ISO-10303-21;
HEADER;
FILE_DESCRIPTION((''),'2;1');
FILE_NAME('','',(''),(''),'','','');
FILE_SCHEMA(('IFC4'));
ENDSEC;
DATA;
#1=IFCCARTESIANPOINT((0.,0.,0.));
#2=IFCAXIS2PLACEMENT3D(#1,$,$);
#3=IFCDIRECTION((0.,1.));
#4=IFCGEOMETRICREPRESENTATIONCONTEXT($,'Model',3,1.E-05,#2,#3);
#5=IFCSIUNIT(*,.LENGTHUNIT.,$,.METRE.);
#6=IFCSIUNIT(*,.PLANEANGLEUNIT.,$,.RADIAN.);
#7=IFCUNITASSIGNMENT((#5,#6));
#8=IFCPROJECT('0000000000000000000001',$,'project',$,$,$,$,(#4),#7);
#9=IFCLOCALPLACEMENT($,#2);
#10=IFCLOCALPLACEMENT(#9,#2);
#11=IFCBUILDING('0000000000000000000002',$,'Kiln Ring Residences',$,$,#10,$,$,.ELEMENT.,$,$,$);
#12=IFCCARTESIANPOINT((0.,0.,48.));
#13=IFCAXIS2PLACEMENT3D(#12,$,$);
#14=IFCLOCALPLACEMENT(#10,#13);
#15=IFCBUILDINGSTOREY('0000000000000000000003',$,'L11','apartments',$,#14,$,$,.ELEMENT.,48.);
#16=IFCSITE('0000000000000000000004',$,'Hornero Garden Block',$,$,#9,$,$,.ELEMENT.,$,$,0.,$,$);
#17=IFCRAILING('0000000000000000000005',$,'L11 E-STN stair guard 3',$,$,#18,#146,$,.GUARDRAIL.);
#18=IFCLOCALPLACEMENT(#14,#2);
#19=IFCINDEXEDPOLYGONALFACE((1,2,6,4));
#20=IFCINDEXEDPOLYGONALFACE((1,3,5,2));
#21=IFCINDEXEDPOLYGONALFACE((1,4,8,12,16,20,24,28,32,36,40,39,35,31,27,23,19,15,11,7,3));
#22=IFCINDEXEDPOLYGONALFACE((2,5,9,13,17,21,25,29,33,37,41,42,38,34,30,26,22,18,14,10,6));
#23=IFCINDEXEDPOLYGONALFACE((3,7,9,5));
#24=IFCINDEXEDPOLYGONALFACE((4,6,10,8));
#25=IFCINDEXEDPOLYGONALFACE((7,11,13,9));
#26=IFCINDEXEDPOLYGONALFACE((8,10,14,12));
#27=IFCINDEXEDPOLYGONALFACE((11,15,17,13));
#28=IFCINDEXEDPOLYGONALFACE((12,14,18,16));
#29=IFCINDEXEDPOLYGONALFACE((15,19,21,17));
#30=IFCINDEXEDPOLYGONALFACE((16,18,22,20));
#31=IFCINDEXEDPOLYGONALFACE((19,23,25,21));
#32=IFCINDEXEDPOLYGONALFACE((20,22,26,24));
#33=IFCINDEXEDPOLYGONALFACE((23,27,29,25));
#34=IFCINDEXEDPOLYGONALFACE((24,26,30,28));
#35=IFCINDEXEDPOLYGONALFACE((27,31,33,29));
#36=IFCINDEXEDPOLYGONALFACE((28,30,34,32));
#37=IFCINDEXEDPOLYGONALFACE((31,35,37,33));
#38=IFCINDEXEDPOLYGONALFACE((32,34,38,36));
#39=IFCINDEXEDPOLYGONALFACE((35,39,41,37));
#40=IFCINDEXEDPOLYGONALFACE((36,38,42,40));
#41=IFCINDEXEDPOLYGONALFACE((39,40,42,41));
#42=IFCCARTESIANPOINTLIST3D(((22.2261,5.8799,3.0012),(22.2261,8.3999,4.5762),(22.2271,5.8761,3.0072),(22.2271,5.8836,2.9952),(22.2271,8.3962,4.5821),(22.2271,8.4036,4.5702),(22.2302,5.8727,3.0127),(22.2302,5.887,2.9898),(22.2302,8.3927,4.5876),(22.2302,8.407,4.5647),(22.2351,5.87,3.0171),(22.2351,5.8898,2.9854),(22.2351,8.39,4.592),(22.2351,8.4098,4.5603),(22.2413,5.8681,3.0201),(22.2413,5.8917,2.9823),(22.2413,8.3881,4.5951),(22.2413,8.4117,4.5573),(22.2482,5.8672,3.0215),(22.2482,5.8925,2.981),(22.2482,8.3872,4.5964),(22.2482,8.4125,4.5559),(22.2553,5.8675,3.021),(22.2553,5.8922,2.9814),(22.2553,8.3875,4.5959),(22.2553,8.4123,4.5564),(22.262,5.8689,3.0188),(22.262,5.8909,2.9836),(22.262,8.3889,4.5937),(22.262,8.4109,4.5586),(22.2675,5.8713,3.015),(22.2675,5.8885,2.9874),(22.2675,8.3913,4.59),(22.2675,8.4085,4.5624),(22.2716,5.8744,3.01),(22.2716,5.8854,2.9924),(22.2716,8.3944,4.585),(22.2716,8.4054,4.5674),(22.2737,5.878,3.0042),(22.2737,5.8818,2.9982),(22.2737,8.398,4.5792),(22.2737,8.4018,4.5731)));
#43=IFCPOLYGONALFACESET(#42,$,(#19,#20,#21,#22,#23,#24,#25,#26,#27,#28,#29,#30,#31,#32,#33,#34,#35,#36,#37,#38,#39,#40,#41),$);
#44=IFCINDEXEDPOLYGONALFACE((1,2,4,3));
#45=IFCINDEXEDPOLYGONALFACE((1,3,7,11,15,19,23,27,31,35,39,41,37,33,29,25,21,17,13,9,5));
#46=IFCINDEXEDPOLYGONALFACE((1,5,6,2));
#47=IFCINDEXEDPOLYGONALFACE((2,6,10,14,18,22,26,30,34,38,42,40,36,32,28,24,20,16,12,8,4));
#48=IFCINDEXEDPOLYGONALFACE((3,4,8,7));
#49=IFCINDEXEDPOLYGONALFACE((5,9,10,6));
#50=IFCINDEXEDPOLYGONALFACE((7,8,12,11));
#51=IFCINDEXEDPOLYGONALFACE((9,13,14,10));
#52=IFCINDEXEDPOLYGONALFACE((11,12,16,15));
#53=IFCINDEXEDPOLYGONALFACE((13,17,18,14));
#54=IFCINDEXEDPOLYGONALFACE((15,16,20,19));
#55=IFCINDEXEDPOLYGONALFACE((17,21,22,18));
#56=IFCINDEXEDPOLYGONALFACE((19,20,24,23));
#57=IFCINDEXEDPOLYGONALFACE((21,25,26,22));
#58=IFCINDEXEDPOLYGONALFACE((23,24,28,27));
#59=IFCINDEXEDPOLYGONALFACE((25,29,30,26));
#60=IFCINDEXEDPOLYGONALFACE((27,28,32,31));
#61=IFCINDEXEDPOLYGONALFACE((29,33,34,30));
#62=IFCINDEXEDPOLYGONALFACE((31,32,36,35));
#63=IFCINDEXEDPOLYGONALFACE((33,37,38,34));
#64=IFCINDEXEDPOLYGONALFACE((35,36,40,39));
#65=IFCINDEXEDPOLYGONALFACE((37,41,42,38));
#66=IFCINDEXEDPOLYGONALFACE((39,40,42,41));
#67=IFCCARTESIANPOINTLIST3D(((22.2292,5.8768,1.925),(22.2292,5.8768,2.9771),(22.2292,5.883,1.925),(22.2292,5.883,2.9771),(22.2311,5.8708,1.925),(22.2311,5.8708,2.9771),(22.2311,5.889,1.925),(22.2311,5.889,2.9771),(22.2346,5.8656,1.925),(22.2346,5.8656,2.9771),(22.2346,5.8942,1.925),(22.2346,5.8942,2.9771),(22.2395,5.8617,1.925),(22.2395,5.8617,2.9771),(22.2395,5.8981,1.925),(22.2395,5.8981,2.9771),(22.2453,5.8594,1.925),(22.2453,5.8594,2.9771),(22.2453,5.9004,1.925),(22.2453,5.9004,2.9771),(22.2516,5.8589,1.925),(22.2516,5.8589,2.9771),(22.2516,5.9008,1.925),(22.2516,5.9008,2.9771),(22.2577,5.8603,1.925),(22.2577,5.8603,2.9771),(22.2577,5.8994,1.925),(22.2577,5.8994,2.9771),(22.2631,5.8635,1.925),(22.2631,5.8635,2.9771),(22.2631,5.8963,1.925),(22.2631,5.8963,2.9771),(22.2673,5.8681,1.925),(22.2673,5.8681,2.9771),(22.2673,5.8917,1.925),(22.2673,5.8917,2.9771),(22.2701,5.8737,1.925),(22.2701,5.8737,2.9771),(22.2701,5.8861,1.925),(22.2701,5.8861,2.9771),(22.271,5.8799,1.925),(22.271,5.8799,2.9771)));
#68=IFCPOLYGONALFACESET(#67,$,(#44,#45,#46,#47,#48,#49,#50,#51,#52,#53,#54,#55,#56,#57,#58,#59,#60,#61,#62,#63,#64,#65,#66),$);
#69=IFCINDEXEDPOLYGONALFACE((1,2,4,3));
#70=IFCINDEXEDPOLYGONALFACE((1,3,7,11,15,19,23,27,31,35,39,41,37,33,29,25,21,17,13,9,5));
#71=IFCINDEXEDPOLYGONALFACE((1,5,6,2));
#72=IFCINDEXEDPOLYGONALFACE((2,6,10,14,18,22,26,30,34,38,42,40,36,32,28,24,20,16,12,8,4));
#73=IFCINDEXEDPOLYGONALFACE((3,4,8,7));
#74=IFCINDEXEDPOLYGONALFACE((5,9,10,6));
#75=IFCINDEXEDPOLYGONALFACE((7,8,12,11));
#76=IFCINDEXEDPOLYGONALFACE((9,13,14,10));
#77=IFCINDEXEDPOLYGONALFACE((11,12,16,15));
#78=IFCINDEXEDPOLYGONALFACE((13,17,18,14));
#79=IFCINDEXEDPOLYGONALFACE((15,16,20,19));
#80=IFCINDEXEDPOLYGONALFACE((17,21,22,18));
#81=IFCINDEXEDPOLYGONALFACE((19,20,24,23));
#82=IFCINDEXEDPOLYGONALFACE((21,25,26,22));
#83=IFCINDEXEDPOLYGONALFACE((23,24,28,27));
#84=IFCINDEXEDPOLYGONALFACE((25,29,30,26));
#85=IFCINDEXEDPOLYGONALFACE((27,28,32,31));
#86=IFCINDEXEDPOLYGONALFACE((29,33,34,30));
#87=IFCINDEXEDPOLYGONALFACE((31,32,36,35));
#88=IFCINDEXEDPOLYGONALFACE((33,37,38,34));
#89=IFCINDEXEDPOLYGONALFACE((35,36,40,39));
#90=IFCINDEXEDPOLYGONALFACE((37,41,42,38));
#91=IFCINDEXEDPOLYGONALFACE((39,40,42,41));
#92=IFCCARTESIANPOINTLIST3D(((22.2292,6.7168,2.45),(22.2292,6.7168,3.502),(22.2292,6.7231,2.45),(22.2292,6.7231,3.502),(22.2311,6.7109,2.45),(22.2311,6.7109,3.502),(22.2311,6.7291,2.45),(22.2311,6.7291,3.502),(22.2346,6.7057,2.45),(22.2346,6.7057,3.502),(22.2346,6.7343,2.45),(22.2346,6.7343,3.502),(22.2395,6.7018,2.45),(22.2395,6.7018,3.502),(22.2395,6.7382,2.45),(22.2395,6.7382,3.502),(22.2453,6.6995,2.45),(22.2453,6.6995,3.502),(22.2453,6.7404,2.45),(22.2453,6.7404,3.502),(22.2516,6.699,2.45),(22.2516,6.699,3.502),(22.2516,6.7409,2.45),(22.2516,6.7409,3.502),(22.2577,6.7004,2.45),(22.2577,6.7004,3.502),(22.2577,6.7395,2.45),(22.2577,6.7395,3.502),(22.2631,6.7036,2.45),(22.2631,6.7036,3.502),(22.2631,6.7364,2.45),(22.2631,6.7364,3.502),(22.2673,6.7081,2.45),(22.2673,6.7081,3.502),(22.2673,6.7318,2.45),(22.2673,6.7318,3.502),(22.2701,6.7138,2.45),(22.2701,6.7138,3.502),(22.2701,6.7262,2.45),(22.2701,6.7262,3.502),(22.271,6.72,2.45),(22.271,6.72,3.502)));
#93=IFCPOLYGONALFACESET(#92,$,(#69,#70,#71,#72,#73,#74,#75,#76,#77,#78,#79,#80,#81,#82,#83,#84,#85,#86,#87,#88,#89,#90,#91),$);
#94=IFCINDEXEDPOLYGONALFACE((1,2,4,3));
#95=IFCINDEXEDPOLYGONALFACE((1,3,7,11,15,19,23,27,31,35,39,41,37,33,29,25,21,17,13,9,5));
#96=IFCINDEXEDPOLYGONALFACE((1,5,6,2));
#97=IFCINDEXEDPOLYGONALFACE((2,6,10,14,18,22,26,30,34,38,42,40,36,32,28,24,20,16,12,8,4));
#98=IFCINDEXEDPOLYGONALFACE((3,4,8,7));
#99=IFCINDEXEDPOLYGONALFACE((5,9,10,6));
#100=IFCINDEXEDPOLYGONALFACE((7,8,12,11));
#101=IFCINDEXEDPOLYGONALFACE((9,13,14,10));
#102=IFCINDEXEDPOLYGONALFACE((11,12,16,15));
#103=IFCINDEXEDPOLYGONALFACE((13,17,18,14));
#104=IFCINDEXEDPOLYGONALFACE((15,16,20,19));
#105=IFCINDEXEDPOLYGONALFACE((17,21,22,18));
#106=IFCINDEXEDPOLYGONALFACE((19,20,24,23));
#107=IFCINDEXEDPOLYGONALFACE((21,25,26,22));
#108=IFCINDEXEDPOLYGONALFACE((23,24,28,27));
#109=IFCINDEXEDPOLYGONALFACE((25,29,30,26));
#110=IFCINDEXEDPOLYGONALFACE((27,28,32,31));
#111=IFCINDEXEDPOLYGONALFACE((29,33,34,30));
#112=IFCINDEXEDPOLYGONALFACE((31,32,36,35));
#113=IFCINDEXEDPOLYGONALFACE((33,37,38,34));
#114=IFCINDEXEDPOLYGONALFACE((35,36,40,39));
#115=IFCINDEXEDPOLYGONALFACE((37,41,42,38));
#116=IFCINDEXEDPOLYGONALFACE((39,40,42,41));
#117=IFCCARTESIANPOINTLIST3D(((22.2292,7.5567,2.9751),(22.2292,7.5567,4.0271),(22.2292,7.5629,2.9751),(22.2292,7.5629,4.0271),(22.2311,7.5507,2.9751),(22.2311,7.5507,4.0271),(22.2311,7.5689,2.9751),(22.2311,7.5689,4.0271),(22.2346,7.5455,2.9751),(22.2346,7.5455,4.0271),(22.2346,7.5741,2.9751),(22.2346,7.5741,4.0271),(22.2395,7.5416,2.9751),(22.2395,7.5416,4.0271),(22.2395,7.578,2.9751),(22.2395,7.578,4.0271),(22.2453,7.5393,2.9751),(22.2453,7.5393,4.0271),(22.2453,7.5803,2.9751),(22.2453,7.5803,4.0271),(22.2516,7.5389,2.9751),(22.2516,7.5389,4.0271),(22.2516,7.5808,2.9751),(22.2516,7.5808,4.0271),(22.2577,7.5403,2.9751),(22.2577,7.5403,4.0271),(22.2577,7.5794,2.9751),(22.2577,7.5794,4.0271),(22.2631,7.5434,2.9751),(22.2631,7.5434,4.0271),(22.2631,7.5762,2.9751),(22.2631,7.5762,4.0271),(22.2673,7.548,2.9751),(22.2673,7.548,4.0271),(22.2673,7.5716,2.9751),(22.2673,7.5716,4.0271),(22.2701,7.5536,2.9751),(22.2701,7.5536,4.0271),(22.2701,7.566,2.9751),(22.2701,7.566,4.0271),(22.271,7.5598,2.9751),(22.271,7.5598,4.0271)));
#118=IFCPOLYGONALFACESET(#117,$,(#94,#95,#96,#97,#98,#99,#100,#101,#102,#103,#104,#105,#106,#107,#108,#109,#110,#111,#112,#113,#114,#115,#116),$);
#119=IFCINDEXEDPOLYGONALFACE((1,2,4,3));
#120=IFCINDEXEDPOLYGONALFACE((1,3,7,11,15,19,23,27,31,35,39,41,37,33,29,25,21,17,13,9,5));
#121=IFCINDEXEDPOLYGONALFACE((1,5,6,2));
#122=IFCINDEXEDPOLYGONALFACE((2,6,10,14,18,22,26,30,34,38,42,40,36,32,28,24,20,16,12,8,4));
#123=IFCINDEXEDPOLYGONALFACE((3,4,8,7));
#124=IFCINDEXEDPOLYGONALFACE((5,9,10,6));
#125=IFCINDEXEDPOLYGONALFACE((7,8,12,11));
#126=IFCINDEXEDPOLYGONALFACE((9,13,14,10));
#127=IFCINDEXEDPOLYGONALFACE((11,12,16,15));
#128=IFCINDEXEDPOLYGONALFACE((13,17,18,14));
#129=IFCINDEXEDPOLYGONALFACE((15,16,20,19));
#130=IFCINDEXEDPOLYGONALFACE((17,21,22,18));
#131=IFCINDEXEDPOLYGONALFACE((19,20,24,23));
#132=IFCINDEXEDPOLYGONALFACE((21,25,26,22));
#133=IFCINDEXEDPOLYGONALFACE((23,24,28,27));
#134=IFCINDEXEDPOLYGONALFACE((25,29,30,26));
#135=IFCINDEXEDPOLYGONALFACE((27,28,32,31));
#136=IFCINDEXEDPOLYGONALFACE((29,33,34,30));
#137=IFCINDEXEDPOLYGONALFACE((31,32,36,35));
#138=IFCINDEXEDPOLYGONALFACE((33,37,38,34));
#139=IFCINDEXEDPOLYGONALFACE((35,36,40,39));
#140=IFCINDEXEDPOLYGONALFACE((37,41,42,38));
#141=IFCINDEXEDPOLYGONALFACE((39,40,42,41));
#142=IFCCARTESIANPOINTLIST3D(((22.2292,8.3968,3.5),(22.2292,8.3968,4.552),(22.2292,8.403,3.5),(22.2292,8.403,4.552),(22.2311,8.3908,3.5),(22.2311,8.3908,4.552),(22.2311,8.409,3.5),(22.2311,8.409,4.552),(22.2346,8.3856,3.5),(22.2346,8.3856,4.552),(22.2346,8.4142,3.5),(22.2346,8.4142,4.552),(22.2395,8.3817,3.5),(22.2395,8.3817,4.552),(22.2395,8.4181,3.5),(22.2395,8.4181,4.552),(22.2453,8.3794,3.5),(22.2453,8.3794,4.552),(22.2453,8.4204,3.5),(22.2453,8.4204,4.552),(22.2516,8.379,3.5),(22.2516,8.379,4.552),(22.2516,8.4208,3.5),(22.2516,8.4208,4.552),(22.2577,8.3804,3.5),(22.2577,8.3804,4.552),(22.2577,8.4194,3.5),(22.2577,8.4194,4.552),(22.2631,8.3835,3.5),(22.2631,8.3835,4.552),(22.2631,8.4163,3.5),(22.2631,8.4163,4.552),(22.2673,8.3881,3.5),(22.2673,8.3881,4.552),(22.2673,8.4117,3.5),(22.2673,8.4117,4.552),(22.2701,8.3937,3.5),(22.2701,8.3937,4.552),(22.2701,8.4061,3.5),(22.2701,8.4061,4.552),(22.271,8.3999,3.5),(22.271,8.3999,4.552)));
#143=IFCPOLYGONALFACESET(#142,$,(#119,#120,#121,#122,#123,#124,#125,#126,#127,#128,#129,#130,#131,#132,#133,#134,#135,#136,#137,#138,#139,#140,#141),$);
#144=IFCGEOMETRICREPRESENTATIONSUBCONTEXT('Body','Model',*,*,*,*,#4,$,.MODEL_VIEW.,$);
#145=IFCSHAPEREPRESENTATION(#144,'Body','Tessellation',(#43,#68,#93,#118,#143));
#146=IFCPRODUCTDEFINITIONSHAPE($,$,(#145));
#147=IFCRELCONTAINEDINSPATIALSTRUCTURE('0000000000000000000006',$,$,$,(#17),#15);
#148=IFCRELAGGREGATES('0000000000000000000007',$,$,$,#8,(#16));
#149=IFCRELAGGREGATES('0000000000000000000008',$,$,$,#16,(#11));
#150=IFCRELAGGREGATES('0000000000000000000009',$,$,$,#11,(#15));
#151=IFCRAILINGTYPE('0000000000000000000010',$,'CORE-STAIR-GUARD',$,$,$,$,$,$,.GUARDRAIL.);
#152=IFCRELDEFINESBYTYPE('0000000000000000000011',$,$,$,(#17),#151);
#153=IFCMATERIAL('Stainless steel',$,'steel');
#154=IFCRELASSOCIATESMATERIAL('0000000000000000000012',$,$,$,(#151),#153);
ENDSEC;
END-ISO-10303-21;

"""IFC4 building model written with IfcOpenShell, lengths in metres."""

from ifc_helpers import new_model, si_unit, direction, frame, origin, origin_2d, place, context, subcontext, project, spatial, circle, extrude, material, type_object, element, save


model = new_model("IFC4")

# Units and contexts
model_context = context("Model", 3, precision=1e-05, world=origin(), true_north=direction((0.0, 1.0)))
body_context = subcontext(model_context, "Body", "Model", "MODEL_VIEW")
ifc_project = project(units=[si_unit("LENGTHUNIT", "METRE"), si_unit("PLANEANGLEUNIT", "RADIAN")], contexts=[model_context])

# Site, building, storey
site_placement = place(None, origin())
site = spatial("IfcSite", under=ifc_project, at=site_placement, Name="Hornero Garden Block", CompositionType="ELEMENT", RefElevation=0.0)
building_placement = place(site_placement, origin())
building = spatial("IfcBuilding", under=site, at=building_placement, Name="Kiln Ring Residences", CompositionType="ELEMENT")
storey_placement = place(building_placement, frame((0.0, 0.0, 48.0)))
storey = spatial("IfcBuildingStorey", under=building, at=storey_placement, Name="L11", Description="apartments", CompositionType="ELEMENT", Elevation=48.0)

# Railing
ifc_material_1 = material(Name="Stainless steel", Category="steel")
railing_type_1 = type_object("IfcRailingType", Name="CORE-STAIR-GUARD", PredefinedType="GUARDRAIL", material=ifc_material_1)
railing_1_placement = place(storey_placement, frame((22.25, 5.8799, 1.925)))
element("IfcRailing", 1, at=railing_1_placement, inside=storey, type_object=railing_type_1, Name="L11 E-STN stair guard 3", PredefinedType="GUARDRAIL", context=body_context, shape_type="SweptSolid", body=[
    extrude(circle(Radius=0.0239, at=origin_2d()), frame((0.0, 0.0, 1.0762), z_axis=(0.0, 0.848008, 0.529984), x_axis=(-1.0, 0.0, 0.0)), (0.0, 0.0, 1.0), 2.9717),
    extrude(circle(Radius=0.021, at=origin_2d()), origin(), (0.0, 0.0, 1.0), 1.052),
    extrude(circle(Radius=0.021, at=origin_2d()), frame((0.0, 0.8401, 0.5249)), (0.0, 0.0, 1.0), 1.052),
    extrude(circle(Radius=0.021, at=origin_2d()), frame((0.0, 1.6799, 1.05)), (0.0, 0.0, 1.0), 1.052),
    extrude(circle(Radius=0.021, at=origin_2d()), frame((0.0, 2.52, 1.575)), (0.0, 0.0, 1.0), 1.052),
])

save(model, "model.ifc")
